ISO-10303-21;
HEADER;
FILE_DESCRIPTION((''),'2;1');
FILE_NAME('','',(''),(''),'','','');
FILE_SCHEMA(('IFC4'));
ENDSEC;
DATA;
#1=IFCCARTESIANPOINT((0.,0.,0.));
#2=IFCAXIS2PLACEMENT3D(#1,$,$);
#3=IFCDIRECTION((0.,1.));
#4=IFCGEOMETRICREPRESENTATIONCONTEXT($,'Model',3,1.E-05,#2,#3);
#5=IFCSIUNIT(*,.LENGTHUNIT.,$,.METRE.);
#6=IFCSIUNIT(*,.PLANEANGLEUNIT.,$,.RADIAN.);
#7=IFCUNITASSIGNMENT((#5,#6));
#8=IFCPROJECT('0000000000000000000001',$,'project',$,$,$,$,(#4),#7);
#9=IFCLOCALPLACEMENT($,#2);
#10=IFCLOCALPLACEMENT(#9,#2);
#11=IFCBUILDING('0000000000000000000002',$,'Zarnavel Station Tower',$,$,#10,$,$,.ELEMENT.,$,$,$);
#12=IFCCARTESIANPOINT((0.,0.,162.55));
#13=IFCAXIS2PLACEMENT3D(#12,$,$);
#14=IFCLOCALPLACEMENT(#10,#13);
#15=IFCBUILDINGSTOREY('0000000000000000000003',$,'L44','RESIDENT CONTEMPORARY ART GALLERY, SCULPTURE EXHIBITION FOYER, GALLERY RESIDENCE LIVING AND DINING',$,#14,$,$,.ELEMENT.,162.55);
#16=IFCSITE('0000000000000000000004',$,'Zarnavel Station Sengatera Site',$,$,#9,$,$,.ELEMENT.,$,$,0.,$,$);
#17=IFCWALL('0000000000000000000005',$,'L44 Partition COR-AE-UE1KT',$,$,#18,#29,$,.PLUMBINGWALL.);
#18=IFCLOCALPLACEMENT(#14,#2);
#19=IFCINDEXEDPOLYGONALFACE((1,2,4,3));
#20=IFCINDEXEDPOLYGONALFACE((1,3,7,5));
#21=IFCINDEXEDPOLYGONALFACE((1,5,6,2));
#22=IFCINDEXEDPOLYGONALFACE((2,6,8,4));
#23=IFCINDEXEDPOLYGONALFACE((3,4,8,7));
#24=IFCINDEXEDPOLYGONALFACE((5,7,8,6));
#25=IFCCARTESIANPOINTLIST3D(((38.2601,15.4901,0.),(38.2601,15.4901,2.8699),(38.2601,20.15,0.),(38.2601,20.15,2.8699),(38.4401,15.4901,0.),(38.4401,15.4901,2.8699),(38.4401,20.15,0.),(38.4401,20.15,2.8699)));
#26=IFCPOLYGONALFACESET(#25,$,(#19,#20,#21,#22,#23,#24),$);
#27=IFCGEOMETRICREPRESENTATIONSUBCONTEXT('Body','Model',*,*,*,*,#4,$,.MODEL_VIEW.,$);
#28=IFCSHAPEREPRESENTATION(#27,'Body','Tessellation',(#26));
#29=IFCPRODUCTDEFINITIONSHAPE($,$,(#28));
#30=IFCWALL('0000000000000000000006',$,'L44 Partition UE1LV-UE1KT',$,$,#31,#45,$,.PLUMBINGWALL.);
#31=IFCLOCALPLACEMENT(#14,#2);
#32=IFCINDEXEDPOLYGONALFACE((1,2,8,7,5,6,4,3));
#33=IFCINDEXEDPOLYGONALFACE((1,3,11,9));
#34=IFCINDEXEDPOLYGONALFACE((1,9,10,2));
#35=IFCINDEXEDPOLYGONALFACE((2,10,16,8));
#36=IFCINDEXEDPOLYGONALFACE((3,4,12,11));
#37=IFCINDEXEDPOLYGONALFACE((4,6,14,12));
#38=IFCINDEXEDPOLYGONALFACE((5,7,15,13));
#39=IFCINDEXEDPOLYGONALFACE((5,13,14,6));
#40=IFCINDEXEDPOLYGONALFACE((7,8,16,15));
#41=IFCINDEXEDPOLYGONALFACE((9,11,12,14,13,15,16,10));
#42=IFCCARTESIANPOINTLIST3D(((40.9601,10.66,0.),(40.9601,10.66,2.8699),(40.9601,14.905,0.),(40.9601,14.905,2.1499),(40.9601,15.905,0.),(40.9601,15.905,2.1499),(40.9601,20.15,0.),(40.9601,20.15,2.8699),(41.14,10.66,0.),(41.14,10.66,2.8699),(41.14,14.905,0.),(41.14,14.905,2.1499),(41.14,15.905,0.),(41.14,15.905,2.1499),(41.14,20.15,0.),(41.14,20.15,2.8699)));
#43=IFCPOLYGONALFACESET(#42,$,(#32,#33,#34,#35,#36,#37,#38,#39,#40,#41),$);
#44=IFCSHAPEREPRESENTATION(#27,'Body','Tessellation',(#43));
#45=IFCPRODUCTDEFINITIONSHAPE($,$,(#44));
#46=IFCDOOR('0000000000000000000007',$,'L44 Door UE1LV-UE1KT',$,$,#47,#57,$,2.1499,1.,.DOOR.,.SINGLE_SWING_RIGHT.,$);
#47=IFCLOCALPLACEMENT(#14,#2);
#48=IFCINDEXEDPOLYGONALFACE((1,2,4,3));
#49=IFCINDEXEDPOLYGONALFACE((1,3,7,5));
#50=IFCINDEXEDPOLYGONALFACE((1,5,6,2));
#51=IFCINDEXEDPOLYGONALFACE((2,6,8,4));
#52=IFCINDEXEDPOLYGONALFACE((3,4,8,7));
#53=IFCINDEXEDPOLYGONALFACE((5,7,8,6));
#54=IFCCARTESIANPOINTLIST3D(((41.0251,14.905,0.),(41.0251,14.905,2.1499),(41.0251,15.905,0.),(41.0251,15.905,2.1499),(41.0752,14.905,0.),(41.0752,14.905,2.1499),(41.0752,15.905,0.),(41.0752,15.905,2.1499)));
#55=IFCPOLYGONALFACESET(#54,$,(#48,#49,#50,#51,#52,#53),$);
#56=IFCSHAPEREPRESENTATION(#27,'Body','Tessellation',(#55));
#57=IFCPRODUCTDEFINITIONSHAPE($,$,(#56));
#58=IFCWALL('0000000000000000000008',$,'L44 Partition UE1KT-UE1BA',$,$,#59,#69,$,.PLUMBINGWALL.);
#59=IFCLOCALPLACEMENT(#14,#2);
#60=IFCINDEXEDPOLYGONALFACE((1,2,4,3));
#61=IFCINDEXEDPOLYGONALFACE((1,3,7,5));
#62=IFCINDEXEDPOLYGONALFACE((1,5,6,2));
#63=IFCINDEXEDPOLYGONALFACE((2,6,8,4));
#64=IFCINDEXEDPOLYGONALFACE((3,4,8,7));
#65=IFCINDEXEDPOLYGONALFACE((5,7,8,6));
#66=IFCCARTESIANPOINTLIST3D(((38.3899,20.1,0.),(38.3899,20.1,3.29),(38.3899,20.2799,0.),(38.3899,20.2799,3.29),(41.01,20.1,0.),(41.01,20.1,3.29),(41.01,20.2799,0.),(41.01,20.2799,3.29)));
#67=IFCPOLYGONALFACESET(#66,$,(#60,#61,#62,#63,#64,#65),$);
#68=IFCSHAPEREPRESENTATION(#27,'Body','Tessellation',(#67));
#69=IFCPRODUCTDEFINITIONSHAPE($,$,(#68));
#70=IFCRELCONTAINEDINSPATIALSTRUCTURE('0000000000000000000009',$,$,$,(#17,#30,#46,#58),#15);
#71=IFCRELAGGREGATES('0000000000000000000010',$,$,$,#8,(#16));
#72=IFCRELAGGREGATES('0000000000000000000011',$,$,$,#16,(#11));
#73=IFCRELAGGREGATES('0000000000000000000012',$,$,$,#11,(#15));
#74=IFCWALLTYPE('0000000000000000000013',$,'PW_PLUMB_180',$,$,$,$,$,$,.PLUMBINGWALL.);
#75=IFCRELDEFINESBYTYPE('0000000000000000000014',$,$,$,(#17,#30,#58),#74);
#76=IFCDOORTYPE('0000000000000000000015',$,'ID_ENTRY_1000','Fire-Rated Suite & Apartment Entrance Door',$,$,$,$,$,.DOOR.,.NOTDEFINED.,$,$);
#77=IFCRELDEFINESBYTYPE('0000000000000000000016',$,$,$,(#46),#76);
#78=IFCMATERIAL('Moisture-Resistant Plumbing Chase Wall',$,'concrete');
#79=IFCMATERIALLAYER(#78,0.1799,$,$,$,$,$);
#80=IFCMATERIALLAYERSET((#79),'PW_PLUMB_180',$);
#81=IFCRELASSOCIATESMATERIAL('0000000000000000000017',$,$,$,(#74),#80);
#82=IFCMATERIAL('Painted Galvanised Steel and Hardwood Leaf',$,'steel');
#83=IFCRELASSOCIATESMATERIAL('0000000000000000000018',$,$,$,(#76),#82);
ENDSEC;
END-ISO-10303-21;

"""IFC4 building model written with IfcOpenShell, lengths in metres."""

from ifc_helpers import new_model, si_unit, direction, frame, frame_2d, origin, place, context, subcontext, project, spatial, rectangle, extrude, material, layer, layer_set, type_object, element, fill, save


model = new_model("IFC4")

# Units and contexts
model_context = context("Model", 3, precision=1e-05, world=origin(), true_north=direction((0.0, 1.0)))
body_context = subcontext(model_context, "Body", "Model", "MODEL_VIEW")
ifc_project = project(units=[si_unit("LENGTHUNIT", "METRE"), si_unit("PLANEANGLEUNIT", "RADIAN")], contexts=[model_context])

# Site, building, storey
site_placement = place(None, origin())
site = spatial("IfcSite", under=ifc_project, at=site_placement, Name="Zarnavel Station Sengatera Site", CompositionType="ELEMENT", RefElevation=0.0)
building_placement = place(site_placement, origin())
building = spatial("IfcBuilding", under=site, at=building_placement, Name="Zarnavel Station Tower", CompositionType="ELEMENT")
storey_placement = place(building_placement, frame((0.0, 0.0, 162.55)))
storey = spatial("IfcBuildingStorey", under=building, at=storey_placement, Name="L44", Description="RESIDENT CONTEMPORARY ART GALLERY, SCULPTURE EXHIBITION FOYER, GALLERY RESIDENCE LIVING AND DINING", CompositionType="ELEMENT", Elevation=162.55)

# Wall
ifc_material_1 = material(Name="Moisture-Resistant Plumbing Chase Wall", Category="concrete")
ifc_layer_1 = layer(ifc_material_1, 0.1799)
ifc_layer_set_1 = layer_set([ifc_layer_1], Name="PW_PLUMB_180")
wall_type_1 = type_object("IfcWallType", Name="PW_PLUMB_180", PredefinedType="PLUMBINGWALL", material=ifc_layer_set_1)
wall_1_placement = place(storey_placement, frame((38.3501, 15.49, 0.0), z_axis=(0.0, 0.0, 1.0), x_axis=(0.0, 1.0, 0.0)))
element("IfcWall", 1, at=wall_1_placement, inside=storey, type_object=wall_type_1, Name="L44 Partition COR-AE-UE1KT", PredefinedType="PLUMBINGWALL", context=body_context, shape_type="SweptSolid", body=[
    extrude(rectangle(XDim=4.6599, YDim=0.1799, at=frame_2d((2.3301, 0.0))), origin(), (0.0, 0.0, 1.0), 2.8699),
])

# Wall, opening, door
wall_2_placement = place(storey_placement, frame((41.05, 10.6599, 0.0), z_axis=(0.0, 0.0, 1.0), x_axis=(0.0, 1.0, 0.0)))
wall_2 = element("IfcWall", 2, at=wall_2_placement, inside=storey, type_object=wall_type_1, Name="L44 Partition UE1LV-UE1KT", PredefinedType="PLUMBINGWALL", context=body_context, shape_type="SweptSolid", body=[
    extrude(rectangle(XDim=9.49, YDim=0.1799, at=frame_2d((4.7451, 0.0))), origin(), (0.0, 0.0, 1.0), 2.8699),
])
opening_placement = place(wall_2_placement, frame((4.2451, 0.0, 0.0)))
opening = element("IfcOpeningElement", 3, at=opening_placement, cuts=wall_2, PredefinedType="OPENING", context=body_context, shape_type="SweptSolid", body=[
    extrude(rectangle(XDim=1.0, YDim=2.1499, at=frame_2d((0.5, 1.075))), frame((0.0, 0.0999, 0.0), z_axis=(0.0, -1.0, 0.0), x_axis=(1.0, 0.0, 0.0)), (0.0, 0.0, 1.0), 0.2),
])
ifc_material_2 = material(Name="Painted Galvanised Steel and Hardwood Leaf", Category="steel")
door_type = type_object("IfcDoorType", Name="ID_ENTRY_1000", Description="Fire-Rated Suite & Apartment Entrance Door", OperationType="NOTDEFINED", PredefinedType="DOOR", material=ifc_material_2)
door_placement = place(opening_placement, origin())
door = element("IfcDoor", 4, at=door_placement, inside=storey, type_object=door_type, Name="L44 Door UE1LV-UE1KT", OperationType="SINGLE_SWING_RIGHT", OverallHeight=2.1499, OverallWidth=1.0, PredefinedType="DOOR", context=body_context, shape_type="SweptSolid", body=[
    extrude(rectangle(XDim=1.0, YDim=2.1499, at=frame_2d((0.5, 1.075))), frame((0.0, 0.0249, 0.0), z_axis=(0.0, -1.0, 0.0), x_axis=(1.0, 0.0, 0.0)), (0.0, 0.0, 1.0), 0.05),
])
fill(opening, door)

# Wall
wall_3_placement = place(storey_placement, frame((38.3899, 20.1899, 0.0), z_axis=(0.0, 0.0, 1.0), x_axis=(1.0, 0.0, 0.0)))
element("IfcWall", 5, at=wall_3_placement, inside=storey, type_object=wall_type_1, Name="L44 Partition UE1KT-UE1BA", PredefinedType="PLUMBINGWALL", context=body_context, shape_type="SweptSolid", body=[
    extrude(rectangle(XDim=2.6201, YDim=0.1799, at=frame_2d((1.3101, 0.0))), origin(), (0.0, 0.0, 1.0), 3.29),
])

save(model, "model.ifc")
